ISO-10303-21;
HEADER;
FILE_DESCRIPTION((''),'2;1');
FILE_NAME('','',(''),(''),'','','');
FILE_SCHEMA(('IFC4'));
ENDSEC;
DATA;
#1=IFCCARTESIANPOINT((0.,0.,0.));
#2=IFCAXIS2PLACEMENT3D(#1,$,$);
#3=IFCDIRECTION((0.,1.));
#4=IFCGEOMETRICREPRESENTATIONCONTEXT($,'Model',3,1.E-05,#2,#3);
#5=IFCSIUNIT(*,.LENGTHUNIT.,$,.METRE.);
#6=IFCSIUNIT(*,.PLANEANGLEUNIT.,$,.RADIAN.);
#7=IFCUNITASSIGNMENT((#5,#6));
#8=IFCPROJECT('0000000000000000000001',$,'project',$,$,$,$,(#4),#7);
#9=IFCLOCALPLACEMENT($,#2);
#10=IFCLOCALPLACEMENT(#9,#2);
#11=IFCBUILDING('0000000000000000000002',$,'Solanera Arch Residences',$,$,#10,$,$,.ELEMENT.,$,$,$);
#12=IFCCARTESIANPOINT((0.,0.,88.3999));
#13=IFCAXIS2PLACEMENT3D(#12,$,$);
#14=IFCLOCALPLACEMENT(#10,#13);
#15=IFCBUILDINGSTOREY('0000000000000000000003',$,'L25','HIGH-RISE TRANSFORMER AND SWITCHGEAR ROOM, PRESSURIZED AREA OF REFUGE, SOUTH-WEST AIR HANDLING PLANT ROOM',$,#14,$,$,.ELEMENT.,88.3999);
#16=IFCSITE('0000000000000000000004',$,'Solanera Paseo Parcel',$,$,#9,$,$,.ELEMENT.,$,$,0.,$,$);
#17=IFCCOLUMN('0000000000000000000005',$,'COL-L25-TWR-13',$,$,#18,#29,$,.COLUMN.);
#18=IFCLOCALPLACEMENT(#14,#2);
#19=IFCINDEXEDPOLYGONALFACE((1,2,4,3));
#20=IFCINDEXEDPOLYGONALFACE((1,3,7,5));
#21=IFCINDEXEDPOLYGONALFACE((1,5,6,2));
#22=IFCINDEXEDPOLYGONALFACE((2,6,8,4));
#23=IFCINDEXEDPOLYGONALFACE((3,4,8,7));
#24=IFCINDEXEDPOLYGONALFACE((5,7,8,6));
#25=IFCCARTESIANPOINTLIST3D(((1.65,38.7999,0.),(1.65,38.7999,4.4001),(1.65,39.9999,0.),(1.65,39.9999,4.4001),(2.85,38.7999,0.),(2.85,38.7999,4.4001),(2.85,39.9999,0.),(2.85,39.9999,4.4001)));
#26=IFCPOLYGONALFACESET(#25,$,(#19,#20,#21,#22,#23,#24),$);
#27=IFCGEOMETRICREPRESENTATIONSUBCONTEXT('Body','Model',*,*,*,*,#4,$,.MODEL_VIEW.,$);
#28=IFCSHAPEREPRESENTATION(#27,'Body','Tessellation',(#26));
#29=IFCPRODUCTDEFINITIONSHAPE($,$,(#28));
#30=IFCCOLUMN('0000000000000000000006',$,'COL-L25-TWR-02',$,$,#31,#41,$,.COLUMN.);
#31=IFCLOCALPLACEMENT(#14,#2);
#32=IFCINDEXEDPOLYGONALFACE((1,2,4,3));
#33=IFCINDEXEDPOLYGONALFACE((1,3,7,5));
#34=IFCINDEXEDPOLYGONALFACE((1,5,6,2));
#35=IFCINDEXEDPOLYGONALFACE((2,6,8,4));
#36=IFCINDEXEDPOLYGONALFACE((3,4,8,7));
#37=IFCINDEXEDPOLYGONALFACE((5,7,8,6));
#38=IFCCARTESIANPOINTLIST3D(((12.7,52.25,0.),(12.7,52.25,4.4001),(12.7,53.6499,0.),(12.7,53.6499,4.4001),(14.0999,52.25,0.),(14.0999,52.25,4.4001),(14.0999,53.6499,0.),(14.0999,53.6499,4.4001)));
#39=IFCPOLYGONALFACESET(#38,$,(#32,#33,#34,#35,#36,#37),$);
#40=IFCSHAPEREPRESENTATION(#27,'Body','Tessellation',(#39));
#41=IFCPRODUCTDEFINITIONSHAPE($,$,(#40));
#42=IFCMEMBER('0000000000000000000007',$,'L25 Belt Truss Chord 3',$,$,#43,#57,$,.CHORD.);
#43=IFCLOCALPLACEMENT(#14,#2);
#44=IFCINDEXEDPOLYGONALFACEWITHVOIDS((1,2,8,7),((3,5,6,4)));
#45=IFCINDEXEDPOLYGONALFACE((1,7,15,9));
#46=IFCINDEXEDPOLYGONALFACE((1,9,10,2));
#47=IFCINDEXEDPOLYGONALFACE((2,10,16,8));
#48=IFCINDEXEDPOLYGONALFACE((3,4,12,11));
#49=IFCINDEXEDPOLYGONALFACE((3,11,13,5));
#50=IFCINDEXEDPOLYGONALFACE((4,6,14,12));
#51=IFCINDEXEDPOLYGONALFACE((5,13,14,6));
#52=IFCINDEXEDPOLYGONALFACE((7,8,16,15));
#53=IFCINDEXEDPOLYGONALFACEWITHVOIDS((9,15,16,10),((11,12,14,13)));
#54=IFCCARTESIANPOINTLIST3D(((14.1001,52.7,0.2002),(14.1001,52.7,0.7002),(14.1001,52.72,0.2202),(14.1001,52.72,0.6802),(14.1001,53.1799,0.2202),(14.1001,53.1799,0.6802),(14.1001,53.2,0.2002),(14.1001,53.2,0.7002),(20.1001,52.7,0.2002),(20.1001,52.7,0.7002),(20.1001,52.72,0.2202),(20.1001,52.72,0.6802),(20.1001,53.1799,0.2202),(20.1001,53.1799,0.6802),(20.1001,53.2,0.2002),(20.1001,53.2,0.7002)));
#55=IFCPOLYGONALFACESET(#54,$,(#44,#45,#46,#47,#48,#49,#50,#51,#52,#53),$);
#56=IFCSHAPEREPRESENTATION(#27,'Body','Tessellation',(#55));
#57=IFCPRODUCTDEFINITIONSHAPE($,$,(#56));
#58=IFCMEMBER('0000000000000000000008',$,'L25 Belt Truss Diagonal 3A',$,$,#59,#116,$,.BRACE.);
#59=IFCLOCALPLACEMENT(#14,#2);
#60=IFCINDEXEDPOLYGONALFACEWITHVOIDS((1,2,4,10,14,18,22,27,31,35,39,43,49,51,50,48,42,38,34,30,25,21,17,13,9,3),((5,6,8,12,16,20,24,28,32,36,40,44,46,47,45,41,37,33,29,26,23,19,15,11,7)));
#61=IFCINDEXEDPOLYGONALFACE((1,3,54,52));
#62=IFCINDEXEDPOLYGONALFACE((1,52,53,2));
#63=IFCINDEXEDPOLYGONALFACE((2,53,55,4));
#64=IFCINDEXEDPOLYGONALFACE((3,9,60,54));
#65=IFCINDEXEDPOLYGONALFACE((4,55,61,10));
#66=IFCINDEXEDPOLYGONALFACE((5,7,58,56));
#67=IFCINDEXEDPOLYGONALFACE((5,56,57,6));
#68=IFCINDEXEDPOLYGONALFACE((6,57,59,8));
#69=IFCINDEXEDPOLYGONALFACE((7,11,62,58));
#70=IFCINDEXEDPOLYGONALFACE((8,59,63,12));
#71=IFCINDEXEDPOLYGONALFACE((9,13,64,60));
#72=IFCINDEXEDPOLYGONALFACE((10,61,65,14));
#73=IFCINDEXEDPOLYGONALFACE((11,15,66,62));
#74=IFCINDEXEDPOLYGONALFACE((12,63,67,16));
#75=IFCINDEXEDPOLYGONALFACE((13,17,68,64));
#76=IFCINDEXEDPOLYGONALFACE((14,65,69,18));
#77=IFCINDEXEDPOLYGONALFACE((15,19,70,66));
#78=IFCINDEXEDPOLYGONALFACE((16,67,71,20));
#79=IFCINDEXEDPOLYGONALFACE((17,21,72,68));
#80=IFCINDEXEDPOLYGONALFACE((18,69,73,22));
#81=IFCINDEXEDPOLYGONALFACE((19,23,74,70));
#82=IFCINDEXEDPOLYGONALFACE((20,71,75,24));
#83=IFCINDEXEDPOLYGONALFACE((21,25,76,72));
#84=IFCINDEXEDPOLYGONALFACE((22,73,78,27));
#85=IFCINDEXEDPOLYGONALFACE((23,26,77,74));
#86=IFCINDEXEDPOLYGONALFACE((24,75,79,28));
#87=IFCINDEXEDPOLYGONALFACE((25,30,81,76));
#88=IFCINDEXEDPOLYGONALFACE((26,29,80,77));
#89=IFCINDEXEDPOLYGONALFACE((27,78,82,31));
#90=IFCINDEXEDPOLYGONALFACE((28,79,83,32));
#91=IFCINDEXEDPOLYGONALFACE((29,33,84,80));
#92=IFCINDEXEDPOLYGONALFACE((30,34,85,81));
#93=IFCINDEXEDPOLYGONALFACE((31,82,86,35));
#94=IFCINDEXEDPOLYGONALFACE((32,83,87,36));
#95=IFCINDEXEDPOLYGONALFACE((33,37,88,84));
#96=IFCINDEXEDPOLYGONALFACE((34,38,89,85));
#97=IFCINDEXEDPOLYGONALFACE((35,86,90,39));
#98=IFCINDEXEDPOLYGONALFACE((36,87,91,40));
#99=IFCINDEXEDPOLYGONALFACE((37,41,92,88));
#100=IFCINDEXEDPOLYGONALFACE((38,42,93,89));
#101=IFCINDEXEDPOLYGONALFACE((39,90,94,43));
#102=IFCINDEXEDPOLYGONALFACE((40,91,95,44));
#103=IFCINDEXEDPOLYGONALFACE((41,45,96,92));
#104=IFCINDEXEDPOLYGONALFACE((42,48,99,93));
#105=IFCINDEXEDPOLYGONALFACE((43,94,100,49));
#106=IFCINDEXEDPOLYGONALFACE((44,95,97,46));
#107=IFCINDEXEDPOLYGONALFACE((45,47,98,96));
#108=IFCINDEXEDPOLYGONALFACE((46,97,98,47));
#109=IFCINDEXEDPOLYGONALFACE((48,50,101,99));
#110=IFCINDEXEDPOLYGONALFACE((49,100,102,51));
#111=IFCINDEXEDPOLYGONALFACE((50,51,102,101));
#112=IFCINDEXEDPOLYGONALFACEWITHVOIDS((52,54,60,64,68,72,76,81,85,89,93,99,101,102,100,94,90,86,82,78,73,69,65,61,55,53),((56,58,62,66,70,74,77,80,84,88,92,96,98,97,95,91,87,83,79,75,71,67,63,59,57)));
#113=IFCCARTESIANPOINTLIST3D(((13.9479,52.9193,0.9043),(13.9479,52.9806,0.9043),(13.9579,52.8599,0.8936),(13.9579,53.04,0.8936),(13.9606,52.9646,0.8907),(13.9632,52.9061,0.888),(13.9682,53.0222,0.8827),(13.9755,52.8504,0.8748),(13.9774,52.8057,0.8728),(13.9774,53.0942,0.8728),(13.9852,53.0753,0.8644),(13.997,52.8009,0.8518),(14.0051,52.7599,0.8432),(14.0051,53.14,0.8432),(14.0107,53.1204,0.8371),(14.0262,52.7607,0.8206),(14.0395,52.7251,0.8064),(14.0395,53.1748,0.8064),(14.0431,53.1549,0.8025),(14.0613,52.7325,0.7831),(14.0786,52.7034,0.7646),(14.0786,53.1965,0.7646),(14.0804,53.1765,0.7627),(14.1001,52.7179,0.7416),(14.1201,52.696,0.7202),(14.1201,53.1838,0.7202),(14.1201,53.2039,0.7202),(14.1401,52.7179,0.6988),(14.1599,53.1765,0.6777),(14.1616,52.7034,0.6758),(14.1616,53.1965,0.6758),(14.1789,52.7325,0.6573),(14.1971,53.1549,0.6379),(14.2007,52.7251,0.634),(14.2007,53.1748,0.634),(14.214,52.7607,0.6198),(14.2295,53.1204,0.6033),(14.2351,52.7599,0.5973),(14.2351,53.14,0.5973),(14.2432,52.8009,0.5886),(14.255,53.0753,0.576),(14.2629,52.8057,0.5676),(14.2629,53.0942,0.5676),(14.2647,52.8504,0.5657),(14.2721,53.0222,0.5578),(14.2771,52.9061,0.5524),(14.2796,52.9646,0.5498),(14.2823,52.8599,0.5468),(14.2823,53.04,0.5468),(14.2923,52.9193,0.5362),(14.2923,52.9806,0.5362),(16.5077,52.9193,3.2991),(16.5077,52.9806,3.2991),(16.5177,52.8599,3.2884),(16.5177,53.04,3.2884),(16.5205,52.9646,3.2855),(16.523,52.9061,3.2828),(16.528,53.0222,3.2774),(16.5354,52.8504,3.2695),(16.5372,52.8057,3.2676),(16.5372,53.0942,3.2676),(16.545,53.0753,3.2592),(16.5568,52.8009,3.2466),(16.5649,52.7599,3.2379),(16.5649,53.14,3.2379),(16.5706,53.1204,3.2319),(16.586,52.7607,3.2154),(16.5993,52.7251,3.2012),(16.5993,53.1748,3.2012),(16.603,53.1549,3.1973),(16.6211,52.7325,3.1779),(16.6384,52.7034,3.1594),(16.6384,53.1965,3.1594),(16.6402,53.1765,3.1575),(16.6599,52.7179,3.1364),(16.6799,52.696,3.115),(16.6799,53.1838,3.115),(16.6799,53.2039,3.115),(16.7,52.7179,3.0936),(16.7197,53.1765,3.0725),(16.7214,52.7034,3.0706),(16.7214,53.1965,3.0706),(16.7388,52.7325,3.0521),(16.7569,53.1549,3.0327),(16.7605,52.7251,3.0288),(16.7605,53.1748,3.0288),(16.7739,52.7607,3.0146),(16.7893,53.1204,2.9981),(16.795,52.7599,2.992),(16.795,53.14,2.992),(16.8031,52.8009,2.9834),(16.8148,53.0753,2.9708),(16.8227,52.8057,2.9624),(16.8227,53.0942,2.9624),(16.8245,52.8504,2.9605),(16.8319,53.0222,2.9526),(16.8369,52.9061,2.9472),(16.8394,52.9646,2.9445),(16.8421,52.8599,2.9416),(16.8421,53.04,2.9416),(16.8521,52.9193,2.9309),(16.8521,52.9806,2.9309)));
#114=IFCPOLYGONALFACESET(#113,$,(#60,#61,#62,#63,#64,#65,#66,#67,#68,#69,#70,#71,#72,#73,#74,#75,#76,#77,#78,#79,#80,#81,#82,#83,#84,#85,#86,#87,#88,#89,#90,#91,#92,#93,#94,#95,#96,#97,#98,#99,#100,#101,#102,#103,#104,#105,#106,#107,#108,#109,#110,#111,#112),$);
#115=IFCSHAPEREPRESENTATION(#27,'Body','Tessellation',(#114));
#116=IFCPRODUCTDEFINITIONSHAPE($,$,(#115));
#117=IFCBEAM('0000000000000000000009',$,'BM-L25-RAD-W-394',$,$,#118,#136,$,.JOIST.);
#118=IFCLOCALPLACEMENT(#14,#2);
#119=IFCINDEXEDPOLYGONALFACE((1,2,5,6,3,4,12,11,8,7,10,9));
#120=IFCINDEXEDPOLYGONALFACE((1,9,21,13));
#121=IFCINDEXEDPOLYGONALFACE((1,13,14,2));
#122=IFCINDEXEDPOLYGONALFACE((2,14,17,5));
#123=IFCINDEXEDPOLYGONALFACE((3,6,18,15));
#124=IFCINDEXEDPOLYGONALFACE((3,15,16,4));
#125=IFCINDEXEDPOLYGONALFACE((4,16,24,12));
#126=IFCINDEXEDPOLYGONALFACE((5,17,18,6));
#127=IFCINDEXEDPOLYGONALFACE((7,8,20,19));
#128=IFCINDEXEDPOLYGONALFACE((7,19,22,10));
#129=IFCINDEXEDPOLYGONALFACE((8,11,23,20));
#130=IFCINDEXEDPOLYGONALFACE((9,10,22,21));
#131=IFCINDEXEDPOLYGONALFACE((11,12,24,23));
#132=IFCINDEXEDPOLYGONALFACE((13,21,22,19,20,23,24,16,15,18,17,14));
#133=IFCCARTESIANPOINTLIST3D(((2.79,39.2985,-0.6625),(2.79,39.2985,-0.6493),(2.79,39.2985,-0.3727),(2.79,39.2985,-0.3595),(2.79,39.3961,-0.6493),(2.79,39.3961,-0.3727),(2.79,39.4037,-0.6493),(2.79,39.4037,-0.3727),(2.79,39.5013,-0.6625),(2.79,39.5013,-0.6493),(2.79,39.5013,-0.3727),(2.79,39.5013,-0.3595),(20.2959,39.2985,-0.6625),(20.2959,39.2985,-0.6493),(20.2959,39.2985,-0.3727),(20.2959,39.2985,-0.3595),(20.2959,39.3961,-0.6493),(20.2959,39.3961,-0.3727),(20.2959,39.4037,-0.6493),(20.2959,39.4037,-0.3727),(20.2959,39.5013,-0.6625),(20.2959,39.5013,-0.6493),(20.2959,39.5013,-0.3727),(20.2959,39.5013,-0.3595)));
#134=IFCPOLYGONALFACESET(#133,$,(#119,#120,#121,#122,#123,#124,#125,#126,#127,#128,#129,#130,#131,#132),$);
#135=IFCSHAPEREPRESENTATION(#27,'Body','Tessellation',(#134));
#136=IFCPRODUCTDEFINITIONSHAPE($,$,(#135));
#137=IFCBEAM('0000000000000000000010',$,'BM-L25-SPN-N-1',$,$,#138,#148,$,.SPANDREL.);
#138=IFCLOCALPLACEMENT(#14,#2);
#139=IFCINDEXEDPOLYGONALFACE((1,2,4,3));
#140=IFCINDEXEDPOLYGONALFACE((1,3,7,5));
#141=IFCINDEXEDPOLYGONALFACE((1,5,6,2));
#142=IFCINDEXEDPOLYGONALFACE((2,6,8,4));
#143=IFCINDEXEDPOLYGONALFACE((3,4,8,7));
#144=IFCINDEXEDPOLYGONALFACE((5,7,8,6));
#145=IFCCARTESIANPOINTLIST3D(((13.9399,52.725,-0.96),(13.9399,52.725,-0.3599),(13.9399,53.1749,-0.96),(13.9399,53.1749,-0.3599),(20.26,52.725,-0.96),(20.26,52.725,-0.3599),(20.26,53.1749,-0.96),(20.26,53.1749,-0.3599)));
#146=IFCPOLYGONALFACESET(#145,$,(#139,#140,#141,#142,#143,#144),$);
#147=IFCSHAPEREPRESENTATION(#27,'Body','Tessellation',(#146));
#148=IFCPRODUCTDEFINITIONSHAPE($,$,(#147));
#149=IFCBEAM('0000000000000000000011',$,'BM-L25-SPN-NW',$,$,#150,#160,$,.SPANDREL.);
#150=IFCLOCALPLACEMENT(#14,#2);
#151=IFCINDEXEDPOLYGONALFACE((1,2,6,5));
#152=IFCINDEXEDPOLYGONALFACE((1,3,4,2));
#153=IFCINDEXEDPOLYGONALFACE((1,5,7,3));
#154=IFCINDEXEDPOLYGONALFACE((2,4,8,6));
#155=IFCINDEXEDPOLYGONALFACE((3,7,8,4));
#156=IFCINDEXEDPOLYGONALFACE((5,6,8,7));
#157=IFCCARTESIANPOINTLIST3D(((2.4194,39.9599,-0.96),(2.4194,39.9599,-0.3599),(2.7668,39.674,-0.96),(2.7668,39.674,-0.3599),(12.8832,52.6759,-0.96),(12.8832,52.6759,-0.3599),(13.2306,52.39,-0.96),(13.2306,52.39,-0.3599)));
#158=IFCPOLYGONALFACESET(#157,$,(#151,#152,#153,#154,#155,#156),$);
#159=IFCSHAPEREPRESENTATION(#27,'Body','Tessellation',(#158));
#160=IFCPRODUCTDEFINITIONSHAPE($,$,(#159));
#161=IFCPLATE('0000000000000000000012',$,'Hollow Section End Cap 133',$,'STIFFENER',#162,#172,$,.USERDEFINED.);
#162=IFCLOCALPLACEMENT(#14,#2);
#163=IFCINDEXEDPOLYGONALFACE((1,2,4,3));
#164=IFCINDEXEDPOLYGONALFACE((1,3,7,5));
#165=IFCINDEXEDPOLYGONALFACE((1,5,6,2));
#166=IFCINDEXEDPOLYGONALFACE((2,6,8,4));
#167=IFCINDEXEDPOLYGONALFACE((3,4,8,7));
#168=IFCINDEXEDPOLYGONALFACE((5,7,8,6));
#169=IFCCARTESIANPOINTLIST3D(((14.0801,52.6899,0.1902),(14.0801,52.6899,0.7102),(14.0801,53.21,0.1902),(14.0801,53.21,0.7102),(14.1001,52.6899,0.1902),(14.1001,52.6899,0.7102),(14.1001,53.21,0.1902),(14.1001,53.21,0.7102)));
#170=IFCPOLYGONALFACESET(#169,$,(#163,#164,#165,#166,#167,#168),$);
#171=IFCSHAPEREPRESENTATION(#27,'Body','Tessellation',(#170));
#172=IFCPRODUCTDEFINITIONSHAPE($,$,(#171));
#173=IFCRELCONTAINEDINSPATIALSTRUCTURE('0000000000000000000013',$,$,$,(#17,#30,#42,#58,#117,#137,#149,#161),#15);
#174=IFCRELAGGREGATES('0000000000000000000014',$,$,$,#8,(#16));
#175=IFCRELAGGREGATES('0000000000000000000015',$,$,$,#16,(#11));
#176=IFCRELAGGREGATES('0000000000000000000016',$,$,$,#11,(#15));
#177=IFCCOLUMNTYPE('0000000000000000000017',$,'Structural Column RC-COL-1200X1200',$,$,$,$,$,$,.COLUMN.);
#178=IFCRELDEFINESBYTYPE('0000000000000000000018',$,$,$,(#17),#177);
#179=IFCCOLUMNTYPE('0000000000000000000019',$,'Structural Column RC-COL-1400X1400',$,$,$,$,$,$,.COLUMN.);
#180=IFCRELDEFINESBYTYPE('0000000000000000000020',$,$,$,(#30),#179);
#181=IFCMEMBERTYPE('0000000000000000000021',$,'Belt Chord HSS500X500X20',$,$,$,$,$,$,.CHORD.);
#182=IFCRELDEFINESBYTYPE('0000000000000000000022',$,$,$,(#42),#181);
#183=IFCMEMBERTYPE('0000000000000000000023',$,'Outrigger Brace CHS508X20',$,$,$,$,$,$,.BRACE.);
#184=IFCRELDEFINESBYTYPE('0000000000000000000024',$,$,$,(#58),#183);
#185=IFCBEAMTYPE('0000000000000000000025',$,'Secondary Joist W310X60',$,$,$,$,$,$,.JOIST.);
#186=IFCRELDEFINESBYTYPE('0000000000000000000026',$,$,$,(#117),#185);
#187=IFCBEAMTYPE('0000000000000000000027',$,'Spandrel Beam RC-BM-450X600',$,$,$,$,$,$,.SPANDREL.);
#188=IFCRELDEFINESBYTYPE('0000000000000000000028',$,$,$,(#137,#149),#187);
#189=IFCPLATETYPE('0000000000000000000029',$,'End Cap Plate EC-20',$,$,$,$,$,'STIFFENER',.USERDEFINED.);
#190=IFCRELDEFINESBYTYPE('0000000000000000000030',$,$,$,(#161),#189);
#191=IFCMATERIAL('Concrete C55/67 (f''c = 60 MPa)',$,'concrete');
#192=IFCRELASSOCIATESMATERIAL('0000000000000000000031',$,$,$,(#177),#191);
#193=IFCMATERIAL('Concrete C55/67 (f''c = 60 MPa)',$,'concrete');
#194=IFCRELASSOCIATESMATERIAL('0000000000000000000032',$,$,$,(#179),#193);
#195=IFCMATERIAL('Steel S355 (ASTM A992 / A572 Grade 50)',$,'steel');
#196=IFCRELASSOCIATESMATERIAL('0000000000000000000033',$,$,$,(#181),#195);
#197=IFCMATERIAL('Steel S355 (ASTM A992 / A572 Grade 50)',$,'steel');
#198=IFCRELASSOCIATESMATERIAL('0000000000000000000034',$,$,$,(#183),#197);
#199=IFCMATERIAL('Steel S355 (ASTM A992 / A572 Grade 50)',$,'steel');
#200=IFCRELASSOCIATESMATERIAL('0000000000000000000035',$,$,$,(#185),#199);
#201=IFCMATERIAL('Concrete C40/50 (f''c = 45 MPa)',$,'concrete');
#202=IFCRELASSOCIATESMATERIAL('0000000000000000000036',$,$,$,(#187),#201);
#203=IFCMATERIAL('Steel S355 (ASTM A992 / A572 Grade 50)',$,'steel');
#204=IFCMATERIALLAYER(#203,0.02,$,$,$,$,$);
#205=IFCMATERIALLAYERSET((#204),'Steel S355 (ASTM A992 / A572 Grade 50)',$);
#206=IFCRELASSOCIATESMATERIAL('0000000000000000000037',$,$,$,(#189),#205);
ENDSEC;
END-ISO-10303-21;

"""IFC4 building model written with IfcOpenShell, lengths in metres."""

from ifc_helpers import new_model, si_unit, direction, frame, origin, origin_2d, place, context, subcontext, project, spatial, rectangle, hollow_rectangle, hollow_circle, i_section, extrude, material, layer, layer_set, material_profile, profile_set, type_object, element, save


model = new_model("IFC4")

# Units and contexts
model_context = context("Model", 3, precision=1e-05, world=origin(), true_north=direction((0.0, 1.0)))
body_context = subcontext(model_context, "Body", "Model", "MODEL_VIEW")
ifc_project = project(units=[si_unit("LENGTHUNIT", "METRE"), si_unit("PLANEANGLEUNIT", "RADIAN")], contexts=[model_context])

# Site, building, storey
site_placement = place(None, origin())
site = spatial("IfcSite", under=ifc_project, at=site_placement, Name="Solanera Paseo Parcel", CompositionType="ELEMENT", RefElevation=0.0)
building_placement = place(site_placement, origin())
building = spatial("IfcBuilding", under=site, at=building_placement, Name="Solanera Arch Residences", CompositionType="ELEMENT")
storey_placement = place(building_placement, frame((0.0, 0.0, 88.3999)))
storey = spatial("IfcBuildingStorey", under=building, at=storey_placement, Name="L25", Description="HIGH-RISE TRANSFORMER AND SWITCHGEAR ROOM, PRESSURIZED AREA OF REFUGE, SOUTH-WEST AIR HANDLING PLANT ROOM", CompositionType="ELEMENT", Elevation=88.3999)

# Columns
ifc_material_1 = material(Name="Concrete C55/67 (f'c = 60 MPa)", Category="concrete")
ifc_material_profile_1 = material_profile(ifc_material_1, rectangle(XDim=1.2, YDim=1.2, at=origin_2d()))
ifc_profile_set_1 = profile_set([ifc_material_profile_1], Name="Concrete C55/67 (f'c = 60 MPa)")
column_type_1 = type_object("IfcColumnType", Name="Structural Column RC-COL-1200X1200", PredefinedType="COLUMN", material=ifc_profile_set_1)
column_1_placement = place(storey_placement, frame((2.25, 39.3999, 0.0), z_axis=(0.0, 0.0, 1.0), x_axis=(1.0, 0.0, 0.0)))
element("IfcColumn", 1, at=column_1_placement, inside=storey, type_object=column_type_1, Name="COL-L25-TWR-13", PredefinedType="COLUMN", context=body_context, shape_type="SweptSolid", body=[
    extrude(rectangle(XDim=1.2, YDim=1.2, at=origin_2d()), origin(), (0.0, 0.0, 1.0), 4.4001),
])
ifc_material_2 = material(Name="Concrete C55/67 (f'c = 60 MPa)", Category="concrete")
ifc_material_profile_2 = material_profile(ifc_material_2, rectangle(XDim=1.3999, YDim=1.3999, at=origin_2d()))
ifc_profile_set_2 = profile_set([ifc_material_profile_2], Name="Concrete C55/67 (f'c = 60 MPa)")
column_type_2 = type_object("IfcColumnType", Name="Structural Column RC-COL-1400X1400", PredefinedType="COLUMN", material=ifc_profile_set_2)
column_2_placement = place(storey_placement, frame((13.3999, 52.95, 0.0), z_axis=(0.0, 0.0, 1.0), x_axis=(1.0, 0.0, 0.0)))
element("IfcColumn", 2, at=column_2_placement, inside=storey, type_object=column_type_2, Name="COL-L25-TWR-02", PredefinedType="COLUMN", context=body_context, shape_type="SweptSolid", body=[
    extrude(rectangle(XDim=1.3999, YDim=1.3999, at=origin_2d()), origin(), (0.0, 0.0, 1.0), 4.4001),
])

# Members
ifc_material_3 = material(Name="Steel S355 (ASTM A992 / A572 Grade 50)", Category="steel")
ifc_material_profile_3 = material_profile(ifc_material_3, hollow_rectangle(XDim=0.5, YDim=0.5, WallThickness=0.02, at=origin_2d()))
ifc_profile_set_3 = profile_set([ifc_material_profile_3], Name="Steel S355 (ASTM A992 / A572 Grade 50)")
member_type_1 = type_object("IfcMemberType", Name="Belt Chord HSS500X500X20", PredefinedType="CHORD", material=ifc_profile_set_3)
member_1_placement = place(storey_placement, frame((14.1001, 52.95, 0.4502), z_axis=(1.0, 0.0, 0.0), x_axis=(0.0, 1.0, 0.0)))
element("IfcMember", 3, at=member_1_placement, inside=storey, type_object=member_type_1, Name="L25 Belt Truss Chord 3", PredefinedType="CHORD", context=body_context, shape_type="SweptSolid", body=[
    extrude(hollow_rectangle(XDim=0.5, YDim=0.5, WallThickness=0.02, at=origin_2d()), origin(), (0.0, 0.0, 1.0), 6.0),
])
ifc_material_4 = material(Name="Steel S355 (ASTM A992 / A572 Grade 50)", Category="steel")
ifc_material_profile_4 = material_profile(ifc_material_4, hollow_circle(Radius=0.2539, WallThickness=0.02, at=origin_2d()))
ifc_profile_set_4 = profile_set([ifc_material_profile_4], Name="Steel S355 (ASTM A992 / A572 Grade 50)")
member_type_2 = type_object("IfcMemberType", Name="Outrigger Brace CHS508X20", PredefinedType="BRACE", material=ifc_profile_set_4)
member_2_placement = place(storey_placement, frame((14.1201, 52.95, 0.7202), z_axis=(0.730256, 0.0, 0.683174), x_axis=(0.0, 1.0, 0.0)))
element("IfcMember", 4, at=member_2_placement, inside=storey, type_object=member_type_2, Name="L25 Belt Truss Diagonal 3A", PredefinedType="BRACE", context=body_context, shape_type="SweptSolid", body=[
    extrude(hollow_circle(Radius=0.2539, WallThickness=0.02, at=origin_2d()), origin(), (0.0, 0.0, 1.0), 3.5054),
])

# Beams
ifc_material_5 = material(Name="Steel S355 (ASTM A992 / A572 Grade 50)", Category="steel")
ifc_material_profile_5 = material_profile(ifc_material_5, i_section(OverallWidth=0.2029, OverallDepth=0.303, WebThickness=0.0076, FlangeThickness=0.0132, at=origin_2d()))
ifc_profile_set_5 = profile_set([ifc_material_profile_5], Name="Steel S355 (ASTM A992 / A572 Grade 50)")
beam_type_1 = type_object("IfcBeamType", Name="Secondary Joist W310X60", PredefinedType="JOIST", material=ifc_profile_set_5)
beam_1_placement = place(storey_placement, frame((2.79, 39.3999, -0.511), z_axis=(1.0, 0.0, 0.0), x_axis=(0.0, 1.0, 0.0)))
element("IfcBeam", 5, at=beam_1_placement, inside=storey, type_object=beam_type_1, Name="BM-L25-RAD-W-394", PredefinedType="JOIST", context=body_context, shape_type="SweptSolid", body=[
    extrude(i_section(OverallWidth=0.2029, OverallDepth=0.303, WebThickness=0.0076, FlangeThickness=0.0132, at=origin_2d()), origin(), (0.0, 0.0, 1.0), 17.5059),
])
ifc_material_6 = material(Name="Concrete C40/50 (f'c = 45 MPa)", Category="concrete")
ifc_material_profile_6 = material_profile(ifc_material_6, rectangle(XDim=0.45, YDim=0.6001, at=origin_2d()))
ifc_profile_set_6 = profile_set([ifc_material_profile_6], Name="Concrete C40/50 (f'c = 45 MPa)")
beam_type_2 = type_object("IfcBeamType", Name="Spandrel Beam RC-BM-450X600", PredefinedType="SPANDREL", material=ifc_profile_set_6)
beam_2_placement = place(storey_placement, frame((13.9399, 52.95, -0.6599), z_axis=(1.0, 0.0, 0.0), x_axis=(0.0, 1.0, 0.0)))
element("IfcBeam", 6, at=beam_2_placement, inside=storey, type_object=beam_type_2, Name="BM-L25-SPN-N-1", PredefinedType="SPANDREL", context=body_context, shape_type="SweptSolid", body=[
    extrude(rectangle(XDim=0.45, YDim=0.6001, at=origin_2d()), origin(), (0.0, 0.0, 1.0), 6.3201),
])
beam_3_placement = place(storey_placement, frame((13.0569, 52.533, -0.6599), z_axis=(-0.635411, -0.772174, 0.0), x_axis=(0.772174, -0.635411, 0.0)))
element("IfcBeam", 7, at=beam_3_placement, inside=storey, type_object=beam_type_2, Name="BM-L25-SPN-NW", PredefinedType="SPANDREL", context=body_context, shape_type="SweptSolid", body=[
    extrude(rectangle(XDim=0.45, YDim=0.6001, at=origin_2d()), origin(), (0.0, 0.0, 1.0), 16.4678),
])

# Plate
ifc_material_7 = material(Name="Steel S355 (ASTM A992 / A572 Grade 50)", Category="steel")
ifc_layer_1 = layer(ifc_material_7, 0.02)
ifc_layer_set_1 = layer_set([ifc_layer_1], Name="Steel S355 (ASTM A992 / A572 Grade 50)")
plate_type = type_object("IfcPlateType", Name="End Cap Plate EC-20", ElementType="STIFFENER", PredefinedType="USERDEFINED", material=ifc_layer_set_1)
plate_1_placement = place(storey_placement, frame((14.0901, 52.95, 0.1902), z_axis=(0.0, 0.0, 1.0), x_axis=(-1.0, 0.0, 0.0)))
element("IfcPlate", 8, at=plate_1_placement, inside=storey, type_object=plate_type, Name="Hollow Section End Cap 133", ObjectType="STIFFENER", PredefinedType="USERDEFINED", context=body_context, shape_type="SweptSolid", body=[
    extrude(rectangle(XDim=0.02, YDim=0.52, at=origin_2d()), origin(), (0.0, 0.0, 1.0), 0.52),
])

save(model, "model.ifc")
